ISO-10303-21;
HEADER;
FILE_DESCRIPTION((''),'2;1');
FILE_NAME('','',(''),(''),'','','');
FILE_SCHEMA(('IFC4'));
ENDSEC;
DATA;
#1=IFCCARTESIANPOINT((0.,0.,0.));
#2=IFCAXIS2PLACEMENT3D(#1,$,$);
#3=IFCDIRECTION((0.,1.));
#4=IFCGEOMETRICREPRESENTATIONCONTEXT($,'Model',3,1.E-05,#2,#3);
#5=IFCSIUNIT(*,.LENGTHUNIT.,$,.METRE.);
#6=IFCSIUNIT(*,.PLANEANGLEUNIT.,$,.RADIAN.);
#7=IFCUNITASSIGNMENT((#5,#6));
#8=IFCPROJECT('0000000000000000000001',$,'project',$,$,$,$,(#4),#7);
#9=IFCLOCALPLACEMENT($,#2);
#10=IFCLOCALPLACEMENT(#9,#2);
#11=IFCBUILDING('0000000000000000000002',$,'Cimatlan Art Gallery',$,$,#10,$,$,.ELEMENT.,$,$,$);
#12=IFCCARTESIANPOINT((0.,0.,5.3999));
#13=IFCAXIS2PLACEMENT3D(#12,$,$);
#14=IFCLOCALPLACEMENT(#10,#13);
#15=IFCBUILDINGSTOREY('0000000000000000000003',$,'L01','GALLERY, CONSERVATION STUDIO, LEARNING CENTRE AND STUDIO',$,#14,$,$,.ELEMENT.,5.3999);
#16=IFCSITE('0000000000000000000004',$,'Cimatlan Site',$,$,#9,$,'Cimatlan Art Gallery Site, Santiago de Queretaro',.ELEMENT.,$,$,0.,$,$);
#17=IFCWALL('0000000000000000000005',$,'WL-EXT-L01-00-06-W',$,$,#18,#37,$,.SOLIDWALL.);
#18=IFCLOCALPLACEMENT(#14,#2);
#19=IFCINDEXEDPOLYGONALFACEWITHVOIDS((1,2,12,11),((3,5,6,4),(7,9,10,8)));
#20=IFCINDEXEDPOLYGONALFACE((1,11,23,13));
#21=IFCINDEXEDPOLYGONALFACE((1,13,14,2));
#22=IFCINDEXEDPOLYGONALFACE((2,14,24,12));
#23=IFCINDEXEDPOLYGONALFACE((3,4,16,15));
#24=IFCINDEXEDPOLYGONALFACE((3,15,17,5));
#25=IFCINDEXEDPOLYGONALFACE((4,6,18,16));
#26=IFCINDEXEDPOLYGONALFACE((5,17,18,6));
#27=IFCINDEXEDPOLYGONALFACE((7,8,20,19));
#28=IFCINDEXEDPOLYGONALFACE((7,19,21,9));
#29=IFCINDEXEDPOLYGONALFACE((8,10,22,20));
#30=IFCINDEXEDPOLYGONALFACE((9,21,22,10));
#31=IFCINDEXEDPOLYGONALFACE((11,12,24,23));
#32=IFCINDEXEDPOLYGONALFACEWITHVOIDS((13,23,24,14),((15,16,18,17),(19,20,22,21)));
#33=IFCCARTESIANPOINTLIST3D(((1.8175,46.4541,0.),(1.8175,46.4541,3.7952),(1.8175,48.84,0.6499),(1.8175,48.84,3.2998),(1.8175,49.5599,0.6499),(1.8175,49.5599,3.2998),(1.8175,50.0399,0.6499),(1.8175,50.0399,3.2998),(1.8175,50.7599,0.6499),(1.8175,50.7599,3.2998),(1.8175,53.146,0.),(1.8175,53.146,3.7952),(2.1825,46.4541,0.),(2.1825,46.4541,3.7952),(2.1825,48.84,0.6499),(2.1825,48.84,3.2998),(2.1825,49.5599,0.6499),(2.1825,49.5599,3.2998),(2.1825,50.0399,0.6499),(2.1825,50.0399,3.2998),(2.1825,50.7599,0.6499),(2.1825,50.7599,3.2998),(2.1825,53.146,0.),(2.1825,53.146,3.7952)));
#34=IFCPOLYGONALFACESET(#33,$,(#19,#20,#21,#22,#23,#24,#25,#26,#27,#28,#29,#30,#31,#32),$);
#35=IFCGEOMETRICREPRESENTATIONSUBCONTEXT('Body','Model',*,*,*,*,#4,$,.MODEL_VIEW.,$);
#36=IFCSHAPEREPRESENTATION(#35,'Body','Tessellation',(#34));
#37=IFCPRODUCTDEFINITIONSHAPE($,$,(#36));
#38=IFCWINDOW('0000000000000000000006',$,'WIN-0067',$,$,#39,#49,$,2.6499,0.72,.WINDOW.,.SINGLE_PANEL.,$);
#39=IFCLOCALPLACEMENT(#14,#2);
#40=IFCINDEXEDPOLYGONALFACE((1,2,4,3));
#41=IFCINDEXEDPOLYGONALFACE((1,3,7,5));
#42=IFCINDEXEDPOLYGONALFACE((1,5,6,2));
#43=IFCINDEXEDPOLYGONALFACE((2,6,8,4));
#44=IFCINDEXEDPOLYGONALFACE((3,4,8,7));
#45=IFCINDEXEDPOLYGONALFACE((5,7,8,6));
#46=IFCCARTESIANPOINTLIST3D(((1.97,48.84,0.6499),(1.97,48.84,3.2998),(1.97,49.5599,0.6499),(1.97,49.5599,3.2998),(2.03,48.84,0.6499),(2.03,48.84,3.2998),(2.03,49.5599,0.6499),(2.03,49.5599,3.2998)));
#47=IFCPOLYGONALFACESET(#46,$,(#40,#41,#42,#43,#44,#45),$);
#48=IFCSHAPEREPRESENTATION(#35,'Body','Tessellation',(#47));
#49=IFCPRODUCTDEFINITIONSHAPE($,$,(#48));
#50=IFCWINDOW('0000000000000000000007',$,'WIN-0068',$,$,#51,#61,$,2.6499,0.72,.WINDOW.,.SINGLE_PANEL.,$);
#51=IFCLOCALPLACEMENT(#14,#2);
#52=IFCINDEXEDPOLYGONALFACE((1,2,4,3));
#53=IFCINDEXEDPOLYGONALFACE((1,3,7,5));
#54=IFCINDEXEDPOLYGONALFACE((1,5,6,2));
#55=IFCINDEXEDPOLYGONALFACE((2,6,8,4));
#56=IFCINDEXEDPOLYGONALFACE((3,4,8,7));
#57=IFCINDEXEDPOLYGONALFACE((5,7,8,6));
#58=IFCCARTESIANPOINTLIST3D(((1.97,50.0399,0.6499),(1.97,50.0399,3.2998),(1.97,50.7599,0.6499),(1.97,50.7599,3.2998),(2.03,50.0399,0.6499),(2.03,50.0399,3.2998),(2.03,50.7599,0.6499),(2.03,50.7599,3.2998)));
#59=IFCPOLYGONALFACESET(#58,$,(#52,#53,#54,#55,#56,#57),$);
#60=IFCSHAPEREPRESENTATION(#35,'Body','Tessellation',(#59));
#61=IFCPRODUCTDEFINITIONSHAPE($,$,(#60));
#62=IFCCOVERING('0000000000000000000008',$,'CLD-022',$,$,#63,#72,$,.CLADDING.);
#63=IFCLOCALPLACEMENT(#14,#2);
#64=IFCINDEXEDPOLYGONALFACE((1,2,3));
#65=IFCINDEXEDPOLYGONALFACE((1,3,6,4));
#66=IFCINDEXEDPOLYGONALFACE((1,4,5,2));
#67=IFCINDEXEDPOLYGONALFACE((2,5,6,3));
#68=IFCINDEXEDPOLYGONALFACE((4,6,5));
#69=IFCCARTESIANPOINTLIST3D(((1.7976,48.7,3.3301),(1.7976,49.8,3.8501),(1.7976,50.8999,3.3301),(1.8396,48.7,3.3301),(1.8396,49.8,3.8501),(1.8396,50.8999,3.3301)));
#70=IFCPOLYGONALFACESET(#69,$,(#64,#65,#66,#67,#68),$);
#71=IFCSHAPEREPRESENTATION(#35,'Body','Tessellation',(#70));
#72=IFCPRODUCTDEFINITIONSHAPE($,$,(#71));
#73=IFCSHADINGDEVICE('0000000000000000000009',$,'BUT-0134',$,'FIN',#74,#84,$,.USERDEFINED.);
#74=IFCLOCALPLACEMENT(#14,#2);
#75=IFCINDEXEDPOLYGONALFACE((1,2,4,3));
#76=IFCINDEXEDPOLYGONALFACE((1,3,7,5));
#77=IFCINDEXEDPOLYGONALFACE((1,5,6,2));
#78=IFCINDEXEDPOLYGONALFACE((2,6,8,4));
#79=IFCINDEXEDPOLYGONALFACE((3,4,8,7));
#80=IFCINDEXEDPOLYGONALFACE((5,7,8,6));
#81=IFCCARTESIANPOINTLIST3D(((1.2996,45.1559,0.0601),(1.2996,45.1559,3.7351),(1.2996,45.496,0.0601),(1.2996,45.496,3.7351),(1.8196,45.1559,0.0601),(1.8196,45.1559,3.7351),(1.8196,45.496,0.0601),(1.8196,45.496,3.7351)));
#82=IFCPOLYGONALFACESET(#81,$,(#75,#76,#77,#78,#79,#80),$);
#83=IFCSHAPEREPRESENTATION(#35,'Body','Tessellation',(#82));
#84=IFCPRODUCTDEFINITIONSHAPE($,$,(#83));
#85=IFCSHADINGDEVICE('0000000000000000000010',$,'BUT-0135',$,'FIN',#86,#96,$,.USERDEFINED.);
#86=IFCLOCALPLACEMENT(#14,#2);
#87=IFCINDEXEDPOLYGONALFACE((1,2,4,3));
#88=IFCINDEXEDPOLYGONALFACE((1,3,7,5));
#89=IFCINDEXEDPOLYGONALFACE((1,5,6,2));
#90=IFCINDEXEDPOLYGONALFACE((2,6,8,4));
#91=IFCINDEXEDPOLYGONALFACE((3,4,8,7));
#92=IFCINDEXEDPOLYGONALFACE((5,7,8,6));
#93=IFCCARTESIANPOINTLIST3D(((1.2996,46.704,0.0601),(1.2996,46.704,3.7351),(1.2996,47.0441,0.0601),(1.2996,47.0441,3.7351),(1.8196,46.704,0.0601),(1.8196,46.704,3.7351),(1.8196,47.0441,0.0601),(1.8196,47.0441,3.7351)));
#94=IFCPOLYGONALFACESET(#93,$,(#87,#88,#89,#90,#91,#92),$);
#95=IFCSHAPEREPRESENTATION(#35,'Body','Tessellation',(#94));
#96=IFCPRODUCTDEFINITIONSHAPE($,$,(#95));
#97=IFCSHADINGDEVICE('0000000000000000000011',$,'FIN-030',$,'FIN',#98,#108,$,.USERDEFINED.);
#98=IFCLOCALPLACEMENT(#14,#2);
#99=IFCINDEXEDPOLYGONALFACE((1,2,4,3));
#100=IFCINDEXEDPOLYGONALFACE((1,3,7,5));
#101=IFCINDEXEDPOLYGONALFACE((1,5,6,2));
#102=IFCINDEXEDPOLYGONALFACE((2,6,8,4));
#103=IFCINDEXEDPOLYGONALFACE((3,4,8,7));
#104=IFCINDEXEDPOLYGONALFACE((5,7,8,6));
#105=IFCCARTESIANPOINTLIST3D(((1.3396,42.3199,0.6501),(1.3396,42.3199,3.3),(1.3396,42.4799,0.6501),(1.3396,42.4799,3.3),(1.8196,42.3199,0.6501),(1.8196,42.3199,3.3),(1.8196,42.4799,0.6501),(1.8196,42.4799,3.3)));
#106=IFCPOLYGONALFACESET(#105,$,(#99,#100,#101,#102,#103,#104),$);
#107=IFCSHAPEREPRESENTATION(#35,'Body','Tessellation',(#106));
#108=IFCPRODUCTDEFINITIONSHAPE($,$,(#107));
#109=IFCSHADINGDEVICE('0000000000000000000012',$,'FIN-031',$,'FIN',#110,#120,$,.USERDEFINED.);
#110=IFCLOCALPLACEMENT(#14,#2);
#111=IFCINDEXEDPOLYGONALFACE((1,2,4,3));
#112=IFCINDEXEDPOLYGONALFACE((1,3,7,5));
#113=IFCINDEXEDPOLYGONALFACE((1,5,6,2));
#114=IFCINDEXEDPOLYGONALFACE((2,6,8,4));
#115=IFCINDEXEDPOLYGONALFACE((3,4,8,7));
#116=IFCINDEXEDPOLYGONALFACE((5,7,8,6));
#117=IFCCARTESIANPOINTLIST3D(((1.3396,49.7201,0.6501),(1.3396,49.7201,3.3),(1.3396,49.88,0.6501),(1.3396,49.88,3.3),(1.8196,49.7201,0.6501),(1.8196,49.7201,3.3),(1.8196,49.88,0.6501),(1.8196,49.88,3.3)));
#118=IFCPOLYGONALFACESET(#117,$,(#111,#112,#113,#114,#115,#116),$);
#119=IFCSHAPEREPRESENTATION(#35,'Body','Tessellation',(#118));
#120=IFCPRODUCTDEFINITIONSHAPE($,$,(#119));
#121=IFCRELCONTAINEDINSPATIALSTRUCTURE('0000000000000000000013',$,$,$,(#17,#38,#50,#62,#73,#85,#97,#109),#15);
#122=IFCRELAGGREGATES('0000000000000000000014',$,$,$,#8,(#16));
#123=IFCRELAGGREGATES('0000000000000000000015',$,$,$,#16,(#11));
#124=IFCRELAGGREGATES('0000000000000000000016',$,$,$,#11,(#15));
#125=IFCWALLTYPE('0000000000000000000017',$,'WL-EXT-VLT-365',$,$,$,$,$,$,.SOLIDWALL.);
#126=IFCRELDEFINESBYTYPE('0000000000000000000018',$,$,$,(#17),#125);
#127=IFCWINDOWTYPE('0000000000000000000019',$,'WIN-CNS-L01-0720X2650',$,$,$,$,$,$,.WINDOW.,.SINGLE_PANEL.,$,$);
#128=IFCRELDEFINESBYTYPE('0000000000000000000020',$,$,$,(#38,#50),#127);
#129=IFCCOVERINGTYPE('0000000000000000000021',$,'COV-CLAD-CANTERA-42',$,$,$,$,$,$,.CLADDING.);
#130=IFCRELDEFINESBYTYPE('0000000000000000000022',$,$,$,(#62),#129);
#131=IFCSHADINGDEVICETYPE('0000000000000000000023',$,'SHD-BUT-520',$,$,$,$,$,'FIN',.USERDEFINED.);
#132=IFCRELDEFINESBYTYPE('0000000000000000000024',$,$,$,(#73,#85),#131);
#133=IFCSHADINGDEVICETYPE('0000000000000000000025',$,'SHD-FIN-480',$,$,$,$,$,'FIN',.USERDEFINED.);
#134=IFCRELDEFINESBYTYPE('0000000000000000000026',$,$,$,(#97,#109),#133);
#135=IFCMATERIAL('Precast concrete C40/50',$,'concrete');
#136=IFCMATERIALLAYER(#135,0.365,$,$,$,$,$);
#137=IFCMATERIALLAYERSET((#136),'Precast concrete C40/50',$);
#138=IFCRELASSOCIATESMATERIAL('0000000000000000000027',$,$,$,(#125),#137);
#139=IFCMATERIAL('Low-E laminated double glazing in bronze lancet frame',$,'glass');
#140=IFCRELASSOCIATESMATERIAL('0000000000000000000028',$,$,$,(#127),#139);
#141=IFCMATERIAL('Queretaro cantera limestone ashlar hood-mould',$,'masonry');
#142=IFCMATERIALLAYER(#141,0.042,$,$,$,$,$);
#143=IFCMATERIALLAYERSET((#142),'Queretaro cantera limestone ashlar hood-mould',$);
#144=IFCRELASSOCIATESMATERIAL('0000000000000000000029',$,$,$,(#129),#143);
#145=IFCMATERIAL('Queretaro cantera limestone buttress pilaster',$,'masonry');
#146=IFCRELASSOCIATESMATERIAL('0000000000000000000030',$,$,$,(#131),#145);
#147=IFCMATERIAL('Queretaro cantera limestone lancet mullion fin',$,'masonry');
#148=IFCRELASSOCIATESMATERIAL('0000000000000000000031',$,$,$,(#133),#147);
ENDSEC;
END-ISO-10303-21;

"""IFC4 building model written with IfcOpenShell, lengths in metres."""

from ifc_helpers import new_model, si_unit, direction, frame, frame_2d, origin, origin_2d, place, context, subcontext, project, spatial, polyline, rectangle, outline, extrude, material, layer, layer_set, type_object, element, fill, save


model = new_model("IFC4")

# Units and contexts
model_context = context("Model", 3, precision=1e-05, world=origin(), true_north=direction((0.0, 1.0)))
body_context = subcontext(model_context, "Body", "Model", "MODEL_VIEW")
ifc_project = project(units=[si_unit("LENGTHUNIT", "METRE"), si_unit("PLANEANGLEUNIT", "RADIAN")], contexts=[model_context])

# Site, building, storey
site_placement = place(None, origin())
site = spatial("IfcSite", under=ifc_project, at=site_placement, Name="Cimatlan Site", LongName="Cimatlan Art Gallery Site, Santiago de Queretaro", CompositionType="ELEMENT", RefElevation=0.0)
building_placement = place(site_placement, origin())
building = spatial("IfcBuilding", under=site, at=building_placement, Name="Cimatlan Art Gallery", CompositionType="ELEMENT")
storey_placement = place(building_placement, frame((0.0, 0.0, 5.3999)))
storey = spatial("IfcBuildingStorey", under=building, at=storey_placement, Name="L01", Description="GALLERY, CONSERVATION STUDIO, LEARNING CENTRE AND STUDIO", CompositionType="ELEMENT", Elevation=5.3999)

# Wall, openings, windows
ifc_material_1 = material(Name="Precast concrete C40/50", Category="concrete")
ifc_layer_1 = layer(ifc_material_1, 0.365)
ifc_layer_set_1 = layer_set([ifc_layer_1], Name="Precast concrete C40/50")
wall_type_1 = type_object("IfcWallType", Name="WL-EXT-VLT-365", PredefinedType="SOLIDWALL", material=ifc_layer_set_1)
wall_1_placement = place(storey_placement, frame((2.0, 46.4541, 0.0), z_axis=(0.0, 0.0, 1.0), x_axis=(0.0, 1.0, 0.0)))
wall_1 = element("IfcWall", 1, at=wall_1_placement, inside=storey, type_object=wall_type_1, Name="WL-EXT-L01-00-06-W", PredefinedType="SOLIDWALL", context=body_context, shape_type="SweptSolid", body=[
    extrude(rectangle(XDim=6.6919, YDim=0.365, at=frame_2d((3.3459, 0.0))), origin(), (0.0, 0.0, 1.0), 3.7952),
])
opening_1_placement = place(wall_1_placement, frame((2.386, 0.0, 0.6499)))
opening_1 = element("IfcOpeningElement", 2, at=opening_1_placement, cuts=wall_1, PredefinedType="OPENING", context=body_context, shape_type="SweptSolid", body=[
    extrude(rectangle(XDim=0.72, YDim=2.6499, at=frame_2d((0.3599, 1.325))), frame((0.0, 0.1924, 0.0), z_axis=(0.0, -1.0, 0.0), x_axis=(1.0, 0.0, 0.0)), (0.0, 0.0, 1.0), 0.385),
])
opening_2_placement = place(wall_1_placement, frame((3.5859, 0.0, 0.6499)))
opening_2 = element("IfcOpeningElement", 3, at=opening_2_placement, cuts=wall_1, PredefinedType="OPENING", context=body_context, shape_type="SweptSolid", body=[
    extrude(rectangle(XDim=0.72, YDim=2.6499, at=frame_2d((0.3599, 1.325))), frame((0.0, 0.1924, 0.0), z_axis=(0.0, -1.0, 0.0), x_axis=(1.0, 0.0, 0.0)), (0.0, 0.0, 1.0), 0.385),
])
ifc_material_2 = material(Name="Low-E laminated double glazing in bronze lancet frame", Category="glass")
window_type = type_object("IfcWindowType", Name="WIN-CNS-L01-0720X2650", PartitioningType="SINGLE_PANEL", PredefinedType="WINDOW", material=ifc_material_2)
window_1_placement = place(opening_1_placement, origin())
window_1 = element("IfcWindow", 4, at=window_1_placement, inside=storey, type_object=window_type, Name="WIN-0067", OverallHeight=2.6499, OverallWidth=0.72, PartitioningType="SINGLE_PANEL", PredefinedType="WINDOW", context=body_context, shape_type="SweptSolid", body=[
    extrude(rectangle(XDim=0.72, YDim=2.6499, at=frame_2d((0.3599, 1.325))), frame((0.0, 0.03, 0.0), z_axis=(0.0, -1.0, 0.0), x_axis=(1.0, 0.0, 0.0)), (0.0, 0.0, 1.0), 0.0601),
])
fill(opening_1, window_1)
window_2_placement = place(opening_2_placement, origin())
window_2 = element("IfcWindow", 5, at=window_2_placement, inside=storey, type_object=window_type, Name="WIN-0068", OverallHeight=2.6499, OverallWidth=0.72, PartitioningType="SINGLE_PANEL", PredefinedType="WINDOW", context=body_context, shape_type="SweptSolid", body=[
    extrude(rectangle(XDim=0.72, YDim=2.6499, at=frame_2d((0.3599, 1.325))), frame((0.0, 0.03, 0.0), z_axis=(0.0, -1.0, 0.0), x_axis=(1.0, 0.0, 0.0)), (0.0, 0.0, 1.0), 0.0601),
])
fill(opening_2, window_2)

# Covering
ifc_material_3 = material(Name="Queretaro cantera limestone ashlar hood-mould", Category="masonry")
ifc_layer_2 = layer(ifc_material_3, 0.042)
ifc_layer_set_2 = layer_set([ifc_layer_2], Name="Queretaro cantera limestone ashlar hood-mould")
covering_type = type_object("IfcCoveringType", Name="COV-CLAD-CANTERA-42", PredefinedType="CLADDING", material=ifc_layer_set_2)
covering_placement = place(storey_placement, frame((1.8396, 48.7, 3.3301), z_axis=(1.0, 0.0, 0.0), x_axis=(0.0, 1.0, 0.0)))
element("IfcCovering", 6, at=covering_placement, inside=storey, type_object=covering_type, Name="CLD-022", PredefinedType="CLADDING", context=body_context, shape_type="SweptSolid", body=[
    extrude(outline(polyline([(0.0, 0.0), (2.2, 0.0), (1.1001, 0.52), (0.0, 0.0)])), origin(), (0.0, 0.0, -1.0), 0.042),
])

# Shading devices
ifc_material_4 = material(Name="Queretaro cantera limestone buttress pilaster", Category="masonry")
shading_device_type_1 = type_object("IfcShadingDeviceType", Name="SHD-BUT-520", ElementType="FIN", PredefinedType="USERDEFINED", material=ifc_material_4)
for number, where, z_axis, x_axis, name in (
    (7, (1.5596, 45.3259, 0.0601), (0.0, 0.0, 1.0), (0.0, 1.0, 0.0), "BUT-0134"),
    (8, (1.5596, 46.874, 0.0601), (0.0, 0.0, 1.0), (0.0, 1.0, 0.0), "BUT-0135"),
):
    element("IfcShadingDevice", number, at=place(storey_placement, frame(where, z_axis=z_axis, x_axis=x_axis)), inside=storey, type_object=shading_device_type_1, Name=name, ObjectType="FIN", PredefinedType="USERDEFINED", context=body_context, shape_type="SweptSolid", body=[
        extrude(rectangle(XDim=0.3401, YDim=0.52, at=origin_2d()), origin(), (0.0, 0.0, 1.0), 3.675),
    ])
ifc_material_5 = material(Name="Queretaro cantera limestone lancet mullion fin", Category="masonry")
shading_device_type_2 = type_object("IfcShadingDeviceType", Name="SHD-FIN-480", ElementType="FIN", PredefinedType="USERDEFINED", material=ifc_material_5)
for number, where, z_axis, x_axis, name in (
    (9, (1.5796, 42.3999, 0.6501), (0.0, 0.0, 1.0), (0.0, 1.0, 0.0), "FIN-030"),
    (10, (1.5796, 49.8, 0.6501), (0.0, 0.0, 1.0), (0.0, 1.0, 0.0), "FIN-031"),
):
    element("IfcShadingDevice", number, at=place(storey_placement, frame(where, z_axis=z_axis, x_axis=x_axis)), inside=storey, type_object=shading_device_type_2, Name=name, ObjectType="FIN", PredefinedType="USERDEFINED", context=body_context, shape_type="SweptSolid", body=[
        extrude(rectangle(XDim=0.1599, YDim=0.48, at=origin_2d()), origin(), (0.0, 0.0, 1.0), 2.6499),
    ])

save(model, "model.ifc")
